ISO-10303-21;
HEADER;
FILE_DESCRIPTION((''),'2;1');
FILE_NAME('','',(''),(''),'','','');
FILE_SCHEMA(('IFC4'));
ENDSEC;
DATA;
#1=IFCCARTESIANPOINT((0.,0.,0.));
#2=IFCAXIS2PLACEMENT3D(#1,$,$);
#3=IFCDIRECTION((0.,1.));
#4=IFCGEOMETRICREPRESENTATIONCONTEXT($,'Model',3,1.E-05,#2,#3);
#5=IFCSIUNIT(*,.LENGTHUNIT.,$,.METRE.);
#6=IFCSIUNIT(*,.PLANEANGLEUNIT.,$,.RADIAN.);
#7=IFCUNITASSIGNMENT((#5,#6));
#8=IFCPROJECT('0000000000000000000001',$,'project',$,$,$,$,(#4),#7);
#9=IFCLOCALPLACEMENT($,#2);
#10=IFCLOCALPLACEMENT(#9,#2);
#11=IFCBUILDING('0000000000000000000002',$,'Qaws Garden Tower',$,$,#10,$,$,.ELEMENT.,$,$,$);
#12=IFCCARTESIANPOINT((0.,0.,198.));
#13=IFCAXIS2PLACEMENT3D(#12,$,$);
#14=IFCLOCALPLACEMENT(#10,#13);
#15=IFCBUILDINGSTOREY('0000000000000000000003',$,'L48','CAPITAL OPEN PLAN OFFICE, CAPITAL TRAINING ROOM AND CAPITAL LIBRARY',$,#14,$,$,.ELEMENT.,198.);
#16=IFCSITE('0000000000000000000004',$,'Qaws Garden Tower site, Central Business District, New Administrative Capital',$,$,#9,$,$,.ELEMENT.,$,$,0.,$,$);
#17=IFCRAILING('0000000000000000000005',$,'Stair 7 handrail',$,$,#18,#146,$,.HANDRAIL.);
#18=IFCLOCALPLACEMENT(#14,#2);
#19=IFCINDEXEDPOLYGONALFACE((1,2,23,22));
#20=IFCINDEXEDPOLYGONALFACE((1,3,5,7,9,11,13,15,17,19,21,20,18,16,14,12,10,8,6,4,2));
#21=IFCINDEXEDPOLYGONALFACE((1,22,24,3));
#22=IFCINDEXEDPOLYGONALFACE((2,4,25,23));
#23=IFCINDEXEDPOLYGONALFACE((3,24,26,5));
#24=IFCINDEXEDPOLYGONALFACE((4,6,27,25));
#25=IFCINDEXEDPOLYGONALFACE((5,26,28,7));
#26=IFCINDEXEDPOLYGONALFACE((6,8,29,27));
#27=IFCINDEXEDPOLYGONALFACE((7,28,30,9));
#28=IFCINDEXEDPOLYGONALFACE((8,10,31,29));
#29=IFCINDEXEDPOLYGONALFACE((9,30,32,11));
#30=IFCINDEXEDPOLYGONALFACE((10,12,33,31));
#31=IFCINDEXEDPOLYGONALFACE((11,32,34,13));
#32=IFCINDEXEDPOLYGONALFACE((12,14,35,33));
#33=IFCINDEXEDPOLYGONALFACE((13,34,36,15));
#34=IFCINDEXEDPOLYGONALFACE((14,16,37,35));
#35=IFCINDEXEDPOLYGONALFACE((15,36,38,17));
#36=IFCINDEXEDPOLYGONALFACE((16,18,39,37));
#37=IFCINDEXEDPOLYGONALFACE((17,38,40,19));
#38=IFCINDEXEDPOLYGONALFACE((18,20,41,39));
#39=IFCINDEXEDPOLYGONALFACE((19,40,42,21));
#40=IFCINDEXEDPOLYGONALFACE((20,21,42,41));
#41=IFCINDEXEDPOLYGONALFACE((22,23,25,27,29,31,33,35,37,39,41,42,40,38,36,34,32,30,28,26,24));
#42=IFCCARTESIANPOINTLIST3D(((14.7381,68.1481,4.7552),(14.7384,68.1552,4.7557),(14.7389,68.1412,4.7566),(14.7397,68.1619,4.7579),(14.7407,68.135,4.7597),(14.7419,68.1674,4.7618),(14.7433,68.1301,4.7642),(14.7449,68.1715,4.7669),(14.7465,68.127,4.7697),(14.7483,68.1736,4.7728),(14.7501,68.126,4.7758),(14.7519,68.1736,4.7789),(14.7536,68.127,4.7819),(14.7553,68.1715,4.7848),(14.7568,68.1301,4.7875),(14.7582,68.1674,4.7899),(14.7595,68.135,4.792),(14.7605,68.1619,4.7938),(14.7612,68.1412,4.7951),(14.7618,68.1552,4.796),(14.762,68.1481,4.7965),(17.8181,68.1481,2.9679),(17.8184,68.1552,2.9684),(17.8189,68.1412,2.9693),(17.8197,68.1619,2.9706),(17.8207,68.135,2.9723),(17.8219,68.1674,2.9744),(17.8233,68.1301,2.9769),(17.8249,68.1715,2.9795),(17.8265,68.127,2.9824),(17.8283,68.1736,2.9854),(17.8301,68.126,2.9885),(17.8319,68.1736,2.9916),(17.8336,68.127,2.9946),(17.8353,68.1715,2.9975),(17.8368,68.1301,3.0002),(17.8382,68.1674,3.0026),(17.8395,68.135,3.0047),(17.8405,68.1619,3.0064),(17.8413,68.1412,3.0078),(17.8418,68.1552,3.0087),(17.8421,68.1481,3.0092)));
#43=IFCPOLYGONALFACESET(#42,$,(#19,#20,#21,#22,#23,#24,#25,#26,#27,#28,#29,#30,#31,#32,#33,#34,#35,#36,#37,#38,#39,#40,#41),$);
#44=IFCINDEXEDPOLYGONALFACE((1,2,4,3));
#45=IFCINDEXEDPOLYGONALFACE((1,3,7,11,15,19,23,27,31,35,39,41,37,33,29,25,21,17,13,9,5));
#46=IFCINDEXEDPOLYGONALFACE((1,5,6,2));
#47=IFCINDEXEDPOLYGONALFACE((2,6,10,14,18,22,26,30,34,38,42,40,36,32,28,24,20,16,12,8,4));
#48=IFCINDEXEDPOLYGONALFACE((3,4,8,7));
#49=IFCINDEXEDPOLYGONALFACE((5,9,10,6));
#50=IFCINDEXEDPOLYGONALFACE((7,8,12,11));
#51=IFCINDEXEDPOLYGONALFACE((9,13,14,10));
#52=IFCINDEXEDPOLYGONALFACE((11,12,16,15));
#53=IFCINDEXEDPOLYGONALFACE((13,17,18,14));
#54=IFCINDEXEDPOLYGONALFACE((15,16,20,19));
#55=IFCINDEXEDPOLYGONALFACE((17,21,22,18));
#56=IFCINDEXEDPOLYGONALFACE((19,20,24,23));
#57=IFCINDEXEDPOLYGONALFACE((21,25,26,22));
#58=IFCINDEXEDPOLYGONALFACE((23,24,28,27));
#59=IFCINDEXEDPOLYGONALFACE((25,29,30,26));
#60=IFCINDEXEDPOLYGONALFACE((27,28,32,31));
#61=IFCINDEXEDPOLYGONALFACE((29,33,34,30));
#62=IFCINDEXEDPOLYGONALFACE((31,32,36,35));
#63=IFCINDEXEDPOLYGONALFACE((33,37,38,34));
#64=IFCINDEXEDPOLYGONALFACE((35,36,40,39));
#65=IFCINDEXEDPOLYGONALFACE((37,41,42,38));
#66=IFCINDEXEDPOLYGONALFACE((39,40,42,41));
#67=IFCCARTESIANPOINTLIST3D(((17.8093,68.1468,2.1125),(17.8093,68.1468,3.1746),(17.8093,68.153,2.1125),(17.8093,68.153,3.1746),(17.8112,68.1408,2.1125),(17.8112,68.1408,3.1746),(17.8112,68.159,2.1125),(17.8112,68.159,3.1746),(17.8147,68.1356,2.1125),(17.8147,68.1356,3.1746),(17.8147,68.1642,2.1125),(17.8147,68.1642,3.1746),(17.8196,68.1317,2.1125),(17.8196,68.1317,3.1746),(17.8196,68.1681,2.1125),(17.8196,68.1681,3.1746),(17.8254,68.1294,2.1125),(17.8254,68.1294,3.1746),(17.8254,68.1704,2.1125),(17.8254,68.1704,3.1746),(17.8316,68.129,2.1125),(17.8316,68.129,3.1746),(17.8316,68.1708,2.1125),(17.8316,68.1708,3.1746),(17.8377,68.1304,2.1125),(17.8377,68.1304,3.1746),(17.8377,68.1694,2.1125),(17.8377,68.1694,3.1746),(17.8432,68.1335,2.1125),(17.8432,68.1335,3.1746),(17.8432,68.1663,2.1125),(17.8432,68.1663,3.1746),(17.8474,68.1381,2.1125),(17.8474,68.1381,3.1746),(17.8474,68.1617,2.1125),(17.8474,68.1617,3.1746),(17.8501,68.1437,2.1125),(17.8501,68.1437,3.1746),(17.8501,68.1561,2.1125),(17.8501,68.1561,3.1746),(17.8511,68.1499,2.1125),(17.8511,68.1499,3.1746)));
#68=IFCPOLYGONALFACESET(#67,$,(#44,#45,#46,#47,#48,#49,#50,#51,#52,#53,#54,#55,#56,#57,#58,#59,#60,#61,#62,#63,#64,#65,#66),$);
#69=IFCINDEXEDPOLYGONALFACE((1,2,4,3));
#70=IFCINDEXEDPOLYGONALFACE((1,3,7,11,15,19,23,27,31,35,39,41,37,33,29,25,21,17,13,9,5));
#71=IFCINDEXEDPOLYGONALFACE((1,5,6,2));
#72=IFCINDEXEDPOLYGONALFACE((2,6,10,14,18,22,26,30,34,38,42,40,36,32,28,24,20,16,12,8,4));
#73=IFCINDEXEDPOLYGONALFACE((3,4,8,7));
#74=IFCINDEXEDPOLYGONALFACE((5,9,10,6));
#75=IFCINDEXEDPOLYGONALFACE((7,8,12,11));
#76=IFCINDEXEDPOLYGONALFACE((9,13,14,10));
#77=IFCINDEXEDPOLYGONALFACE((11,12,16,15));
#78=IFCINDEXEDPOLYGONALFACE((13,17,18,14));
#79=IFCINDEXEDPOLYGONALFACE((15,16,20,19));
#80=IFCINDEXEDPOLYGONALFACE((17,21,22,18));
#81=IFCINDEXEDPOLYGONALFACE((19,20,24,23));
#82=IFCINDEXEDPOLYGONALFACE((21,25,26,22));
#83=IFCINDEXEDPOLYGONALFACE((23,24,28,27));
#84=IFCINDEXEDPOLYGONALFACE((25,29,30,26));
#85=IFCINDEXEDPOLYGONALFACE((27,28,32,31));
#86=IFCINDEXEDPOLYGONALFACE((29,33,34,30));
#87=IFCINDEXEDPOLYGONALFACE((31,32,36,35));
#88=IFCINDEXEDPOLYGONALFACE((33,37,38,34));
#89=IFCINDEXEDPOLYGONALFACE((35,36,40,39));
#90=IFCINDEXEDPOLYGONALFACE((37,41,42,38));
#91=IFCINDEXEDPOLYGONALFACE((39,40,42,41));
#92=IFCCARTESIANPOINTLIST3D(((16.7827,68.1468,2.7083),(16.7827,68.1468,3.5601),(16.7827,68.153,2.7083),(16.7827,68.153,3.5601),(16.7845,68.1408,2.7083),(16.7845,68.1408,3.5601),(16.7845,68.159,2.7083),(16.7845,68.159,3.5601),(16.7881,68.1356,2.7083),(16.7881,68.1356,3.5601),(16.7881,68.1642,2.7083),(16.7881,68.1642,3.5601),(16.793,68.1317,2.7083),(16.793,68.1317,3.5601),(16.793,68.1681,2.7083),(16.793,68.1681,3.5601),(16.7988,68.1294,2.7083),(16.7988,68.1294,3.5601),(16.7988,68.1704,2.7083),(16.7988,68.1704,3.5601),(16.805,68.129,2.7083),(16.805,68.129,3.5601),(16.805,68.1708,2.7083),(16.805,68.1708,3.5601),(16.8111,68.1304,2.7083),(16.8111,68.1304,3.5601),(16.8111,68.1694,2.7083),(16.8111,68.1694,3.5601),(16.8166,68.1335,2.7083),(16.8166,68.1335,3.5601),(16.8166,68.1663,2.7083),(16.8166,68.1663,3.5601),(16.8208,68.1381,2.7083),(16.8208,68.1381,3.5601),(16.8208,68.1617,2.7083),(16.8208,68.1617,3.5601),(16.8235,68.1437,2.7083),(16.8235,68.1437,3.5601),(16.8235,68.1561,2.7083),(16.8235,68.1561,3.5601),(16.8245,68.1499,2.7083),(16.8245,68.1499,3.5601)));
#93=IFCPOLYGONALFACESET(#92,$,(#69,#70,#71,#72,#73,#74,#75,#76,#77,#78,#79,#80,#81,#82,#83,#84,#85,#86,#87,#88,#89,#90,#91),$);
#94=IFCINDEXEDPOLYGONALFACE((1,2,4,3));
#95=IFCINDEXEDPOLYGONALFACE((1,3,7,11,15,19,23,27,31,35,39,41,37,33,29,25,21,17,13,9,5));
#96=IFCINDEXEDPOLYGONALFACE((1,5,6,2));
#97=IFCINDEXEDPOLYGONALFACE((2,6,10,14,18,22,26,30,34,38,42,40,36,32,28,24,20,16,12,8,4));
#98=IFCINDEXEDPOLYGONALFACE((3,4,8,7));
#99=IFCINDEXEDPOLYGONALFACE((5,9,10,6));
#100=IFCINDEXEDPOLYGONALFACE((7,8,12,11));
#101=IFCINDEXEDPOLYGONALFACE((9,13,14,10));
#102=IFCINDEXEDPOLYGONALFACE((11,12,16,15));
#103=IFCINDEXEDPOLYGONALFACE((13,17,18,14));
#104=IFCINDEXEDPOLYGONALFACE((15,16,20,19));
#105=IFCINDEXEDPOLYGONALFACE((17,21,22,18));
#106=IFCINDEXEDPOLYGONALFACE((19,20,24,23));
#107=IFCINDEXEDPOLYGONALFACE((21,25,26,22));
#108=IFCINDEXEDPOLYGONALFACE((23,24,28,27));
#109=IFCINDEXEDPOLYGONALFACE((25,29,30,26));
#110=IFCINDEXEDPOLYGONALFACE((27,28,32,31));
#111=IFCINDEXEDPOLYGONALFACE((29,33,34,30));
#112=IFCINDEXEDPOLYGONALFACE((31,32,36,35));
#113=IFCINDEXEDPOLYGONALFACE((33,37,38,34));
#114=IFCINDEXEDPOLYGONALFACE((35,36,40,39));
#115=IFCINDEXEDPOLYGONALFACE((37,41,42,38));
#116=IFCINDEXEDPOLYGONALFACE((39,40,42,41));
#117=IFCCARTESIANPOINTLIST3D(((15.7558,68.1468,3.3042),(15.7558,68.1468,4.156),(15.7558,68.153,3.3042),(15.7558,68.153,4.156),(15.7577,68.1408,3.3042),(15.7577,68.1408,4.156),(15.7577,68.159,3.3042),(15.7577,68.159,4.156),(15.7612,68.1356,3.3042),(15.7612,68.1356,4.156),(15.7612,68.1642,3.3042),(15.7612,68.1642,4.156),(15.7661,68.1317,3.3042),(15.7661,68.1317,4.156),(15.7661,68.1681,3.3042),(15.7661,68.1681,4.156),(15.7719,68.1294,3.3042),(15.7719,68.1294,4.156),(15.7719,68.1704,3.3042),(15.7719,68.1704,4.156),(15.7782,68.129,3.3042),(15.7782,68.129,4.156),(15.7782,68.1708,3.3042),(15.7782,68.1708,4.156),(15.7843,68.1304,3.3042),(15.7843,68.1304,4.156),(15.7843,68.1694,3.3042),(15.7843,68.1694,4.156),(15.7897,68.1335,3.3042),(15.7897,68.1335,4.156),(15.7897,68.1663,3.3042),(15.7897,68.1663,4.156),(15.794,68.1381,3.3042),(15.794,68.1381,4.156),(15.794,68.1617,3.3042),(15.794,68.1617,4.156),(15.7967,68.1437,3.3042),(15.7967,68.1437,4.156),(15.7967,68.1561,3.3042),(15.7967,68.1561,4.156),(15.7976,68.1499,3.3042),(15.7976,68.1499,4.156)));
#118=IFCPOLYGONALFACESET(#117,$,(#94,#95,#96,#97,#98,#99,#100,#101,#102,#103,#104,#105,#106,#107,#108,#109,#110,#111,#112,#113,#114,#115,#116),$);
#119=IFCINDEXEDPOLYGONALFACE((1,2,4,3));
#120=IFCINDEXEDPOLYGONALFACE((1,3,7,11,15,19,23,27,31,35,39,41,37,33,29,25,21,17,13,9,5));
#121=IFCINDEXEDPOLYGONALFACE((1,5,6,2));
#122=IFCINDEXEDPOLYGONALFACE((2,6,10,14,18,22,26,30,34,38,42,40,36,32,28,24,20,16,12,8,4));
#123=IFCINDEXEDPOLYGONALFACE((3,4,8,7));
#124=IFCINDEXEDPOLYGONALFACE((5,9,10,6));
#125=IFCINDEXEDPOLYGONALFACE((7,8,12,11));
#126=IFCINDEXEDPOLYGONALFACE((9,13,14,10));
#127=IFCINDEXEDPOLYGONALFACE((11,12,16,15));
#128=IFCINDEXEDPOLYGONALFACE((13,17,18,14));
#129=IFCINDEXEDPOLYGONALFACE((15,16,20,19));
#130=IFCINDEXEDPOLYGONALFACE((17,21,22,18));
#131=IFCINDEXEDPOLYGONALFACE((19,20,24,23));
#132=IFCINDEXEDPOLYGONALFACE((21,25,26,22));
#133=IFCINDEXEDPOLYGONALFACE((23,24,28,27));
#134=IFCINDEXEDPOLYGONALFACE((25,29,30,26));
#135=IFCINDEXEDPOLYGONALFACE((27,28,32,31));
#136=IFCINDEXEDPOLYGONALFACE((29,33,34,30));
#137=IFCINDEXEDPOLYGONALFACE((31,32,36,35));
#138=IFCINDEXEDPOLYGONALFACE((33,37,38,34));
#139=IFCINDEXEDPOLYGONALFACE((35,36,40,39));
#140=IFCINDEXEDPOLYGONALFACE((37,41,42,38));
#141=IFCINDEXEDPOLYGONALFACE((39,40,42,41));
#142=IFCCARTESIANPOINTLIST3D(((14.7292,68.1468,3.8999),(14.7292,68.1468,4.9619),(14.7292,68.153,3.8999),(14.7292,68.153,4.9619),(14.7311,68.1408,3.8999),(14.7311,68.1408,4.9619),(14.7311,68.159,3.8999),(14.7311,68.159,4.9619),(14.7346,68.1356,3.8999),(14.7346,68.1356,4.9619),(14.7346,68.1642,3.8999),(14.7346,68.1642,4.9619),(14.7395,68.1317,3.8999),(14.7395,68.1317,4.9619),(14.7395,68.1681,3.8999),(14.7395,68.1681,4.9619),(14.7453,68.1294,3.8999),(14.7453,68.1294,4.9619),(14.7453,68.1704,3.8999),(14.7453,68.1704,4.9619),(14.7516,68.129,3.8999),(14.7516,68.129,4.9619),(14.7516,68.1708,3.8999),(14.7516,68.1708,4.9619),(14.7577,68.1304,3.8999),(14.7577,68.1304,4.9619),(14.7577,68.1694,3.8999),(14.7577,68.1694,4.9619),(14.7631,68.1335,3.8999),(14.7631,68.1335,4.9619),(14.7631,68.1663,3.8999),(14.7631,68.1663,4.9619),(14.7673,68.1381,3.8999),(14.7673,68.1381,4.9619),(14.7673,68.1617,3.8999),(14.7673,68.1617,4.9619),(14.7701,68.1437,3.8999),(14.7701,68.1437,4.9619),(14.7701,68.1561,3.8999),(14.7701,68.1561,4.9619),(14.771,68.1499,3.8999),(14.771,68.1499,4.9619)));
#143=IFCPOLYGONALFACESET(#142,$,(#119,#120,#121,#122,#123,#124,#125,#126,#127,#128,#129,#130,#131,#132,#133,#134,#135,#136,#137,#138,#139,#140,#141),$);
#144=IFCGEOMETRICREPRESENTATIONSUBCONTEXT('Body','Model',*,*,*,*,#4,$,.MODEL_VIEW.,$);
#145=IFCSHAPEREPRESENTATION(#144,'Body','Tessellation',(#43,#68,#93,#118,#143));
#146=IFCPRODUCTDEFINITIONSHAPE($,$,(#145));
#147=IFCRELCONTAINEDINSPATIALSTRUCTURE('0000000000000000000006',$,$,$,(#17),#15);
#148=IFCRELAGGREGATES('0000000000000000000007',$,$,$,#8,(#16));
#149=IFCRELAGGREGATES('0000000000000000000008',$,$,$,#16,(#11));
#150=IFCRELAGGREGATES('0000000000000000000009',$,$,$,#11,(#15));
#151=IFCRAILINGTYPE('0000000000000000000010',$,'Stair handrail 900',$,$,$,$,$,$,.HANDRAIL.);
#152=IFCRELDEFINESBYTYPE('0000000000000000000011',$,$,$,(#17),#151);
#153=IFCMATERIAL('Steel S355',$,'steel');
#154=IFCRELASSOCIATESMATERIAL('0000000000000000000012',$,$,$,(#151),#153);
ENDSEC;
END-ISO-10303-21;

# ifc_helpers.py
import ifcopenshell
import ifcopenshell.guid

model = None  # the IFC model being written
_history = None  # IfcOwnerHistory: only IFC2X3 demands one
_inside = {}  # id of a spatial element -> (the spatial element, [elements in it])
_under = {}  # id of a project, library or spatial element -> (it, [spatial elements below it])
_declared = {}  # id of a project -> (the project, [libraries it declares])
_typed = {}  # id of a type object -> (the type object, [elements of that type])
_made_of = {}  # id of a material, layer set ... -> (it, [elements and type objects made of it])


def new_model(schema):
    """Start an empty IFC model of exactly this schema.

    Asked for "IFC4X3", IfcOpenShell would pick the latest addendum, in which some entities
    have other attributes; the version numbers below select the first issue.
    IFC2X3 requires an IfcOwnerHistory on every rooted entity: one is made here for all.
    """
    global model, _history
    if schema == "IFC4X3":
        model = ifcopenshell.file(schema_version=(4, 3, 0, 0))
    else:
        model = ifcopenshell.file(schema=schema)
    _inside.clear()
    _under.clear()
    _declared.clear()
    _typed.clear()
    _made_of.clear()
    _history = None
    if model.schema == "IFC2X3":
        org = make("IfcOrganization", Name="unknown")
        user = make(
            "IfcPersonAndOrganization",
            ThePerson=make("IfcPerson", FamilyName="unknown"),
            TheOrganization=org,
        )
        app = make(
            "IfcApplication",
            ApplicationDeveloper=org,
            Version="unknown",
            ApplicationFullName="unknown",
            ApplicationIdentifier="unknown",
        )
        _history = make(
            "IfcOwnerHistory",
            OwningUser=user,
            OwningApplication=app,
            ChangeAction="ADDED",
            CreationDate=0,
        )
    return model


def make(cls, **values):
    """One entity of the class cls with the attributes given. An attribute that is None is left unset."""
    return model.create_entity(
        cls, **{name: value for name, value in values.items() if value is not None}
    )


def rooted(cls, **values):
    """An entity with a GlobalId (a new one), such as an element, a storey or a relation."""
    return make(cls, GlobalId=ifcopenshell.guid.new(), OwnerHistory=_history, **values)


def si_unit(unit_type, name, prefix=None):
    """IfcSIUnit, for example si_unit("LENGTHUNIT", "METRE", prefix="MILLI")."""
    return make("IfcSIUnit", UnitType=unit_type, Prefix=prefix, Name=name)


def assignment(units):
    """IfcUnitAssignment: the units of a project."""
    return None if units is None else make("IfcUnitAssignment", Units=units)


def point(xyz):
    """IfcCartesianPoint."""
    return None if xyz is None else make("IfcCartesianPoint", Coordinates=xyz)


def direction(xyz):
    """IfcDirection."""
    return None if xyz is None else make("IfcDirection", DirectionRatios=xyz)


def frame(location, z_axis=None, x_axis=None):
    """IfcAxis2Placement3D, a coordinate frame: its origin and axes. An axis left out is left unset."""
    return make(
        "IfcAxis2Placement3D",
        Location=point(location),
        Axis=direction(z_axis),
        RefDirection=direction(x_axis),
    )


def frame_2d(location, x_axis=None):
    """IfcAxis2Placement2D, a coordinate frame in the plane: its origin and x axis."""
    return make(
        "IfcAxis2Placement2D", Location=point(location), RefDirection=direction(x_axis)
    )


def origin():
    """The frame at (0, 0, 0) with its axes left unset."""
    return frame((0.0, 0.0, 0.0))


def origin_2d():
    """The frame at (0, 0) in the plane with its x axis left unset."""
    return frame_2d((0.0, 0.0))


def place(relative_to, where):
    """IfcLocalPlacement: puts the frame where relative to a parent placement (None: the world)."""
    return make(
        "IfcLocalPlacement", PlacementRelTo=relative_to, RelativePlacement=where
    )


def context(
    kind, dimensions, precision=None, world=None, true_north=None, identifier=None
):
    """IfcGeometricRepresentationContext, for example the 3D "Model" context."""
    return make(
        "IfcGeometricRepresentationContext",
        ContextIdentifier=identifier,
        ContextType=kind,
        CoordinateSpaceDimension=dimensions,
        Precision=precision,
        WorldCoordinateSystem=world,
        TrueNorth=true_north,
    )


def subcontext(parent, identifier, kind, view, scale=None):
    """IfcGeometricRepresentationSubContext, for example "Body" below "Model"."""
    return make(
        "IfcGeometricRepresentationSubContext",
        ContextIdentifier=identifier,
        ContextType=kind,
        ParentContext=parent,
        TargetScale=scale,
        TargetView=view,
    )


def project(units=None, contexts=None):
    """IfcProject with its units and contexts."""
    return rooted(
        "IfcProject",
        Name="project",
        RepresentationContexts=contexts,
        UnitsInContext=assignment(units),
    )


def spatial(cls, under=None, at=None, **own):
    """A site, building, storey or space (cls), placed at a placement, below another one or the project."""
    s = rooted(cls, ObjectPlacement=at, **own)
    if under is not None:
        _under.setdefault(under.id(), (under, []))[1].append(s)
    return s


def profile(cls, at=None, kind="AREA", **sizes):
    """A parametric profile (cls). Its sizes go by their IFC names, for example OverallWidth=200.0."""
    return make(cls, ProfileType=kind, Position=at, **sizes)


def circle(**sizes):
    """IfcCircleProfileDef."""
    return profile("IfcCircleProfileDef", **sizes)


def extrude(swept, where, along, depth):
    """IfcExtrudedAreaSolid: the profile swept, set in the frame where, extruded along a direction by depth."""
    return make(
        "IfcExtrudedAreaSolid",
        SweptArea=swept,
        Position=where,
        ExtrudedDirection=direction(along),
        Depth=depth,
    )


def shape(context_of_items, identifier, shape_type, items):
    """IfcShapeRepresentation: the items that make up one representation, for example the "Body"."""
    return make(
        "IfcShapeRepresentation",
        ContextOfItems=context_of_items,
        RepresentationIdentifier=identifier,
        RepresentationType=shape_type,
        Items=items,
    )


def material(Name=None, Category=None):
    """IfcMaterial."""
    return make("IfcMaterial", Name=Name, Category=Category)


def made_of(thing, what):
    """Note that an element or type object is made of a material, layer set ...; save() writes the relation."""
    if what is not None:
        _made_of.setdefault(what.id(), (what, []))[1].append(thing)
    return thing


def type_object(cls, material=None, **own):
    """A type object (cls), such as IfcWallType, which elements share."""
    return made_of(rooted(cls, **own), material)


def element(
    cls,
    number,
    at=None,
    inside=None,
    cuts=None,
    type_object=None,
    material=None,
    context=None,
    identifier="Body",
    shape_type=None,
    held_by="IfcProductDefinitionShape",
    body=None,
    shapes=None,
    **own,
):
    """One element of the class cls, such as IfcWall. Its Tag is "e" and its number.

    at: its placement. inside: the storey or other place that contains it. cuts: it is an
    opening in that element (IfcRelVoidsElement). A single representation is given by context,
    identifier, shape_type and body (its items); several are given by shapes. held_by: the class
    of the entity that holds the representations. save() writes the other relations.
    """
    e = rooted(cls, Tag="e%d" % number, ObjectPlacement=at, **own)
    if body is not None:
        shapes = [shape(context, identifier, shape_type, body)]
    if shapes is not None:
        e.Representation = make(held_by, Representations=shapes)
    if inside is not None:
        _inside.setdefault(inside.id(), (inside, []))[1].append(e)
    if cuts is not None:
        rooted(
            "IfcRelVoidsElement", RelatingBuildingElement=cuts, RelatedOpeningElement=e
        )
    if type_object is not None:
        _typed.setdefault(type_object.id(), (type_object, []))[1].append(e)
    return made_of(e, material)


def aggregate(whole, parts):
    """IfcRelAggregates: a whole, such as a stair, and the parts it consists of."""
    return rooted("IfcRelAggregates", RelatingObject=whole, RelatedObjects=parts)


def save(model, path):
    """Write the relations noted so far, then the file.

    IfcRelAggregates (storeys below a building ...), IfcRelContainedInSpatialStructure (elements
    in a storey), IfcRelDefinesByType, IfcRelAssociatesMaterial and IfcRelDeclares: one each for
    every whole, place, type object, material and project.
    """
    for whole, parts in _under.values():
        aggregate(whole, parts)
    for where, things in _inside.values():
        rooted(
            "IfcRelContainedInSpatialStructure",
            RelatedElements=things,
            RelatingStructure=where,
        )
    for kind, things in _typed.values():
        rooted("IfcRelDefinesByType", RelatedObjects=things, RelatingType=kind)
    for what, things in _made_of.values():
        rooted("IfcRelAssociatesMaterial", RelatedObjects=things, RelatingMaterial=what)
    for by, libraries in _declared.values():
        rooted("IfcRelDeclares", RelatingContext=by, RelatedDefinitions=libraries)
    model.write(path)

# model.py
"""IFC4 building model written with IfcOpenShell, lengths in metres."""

from ifc_helpers import new_model, si_unit, direction, frame, origin, origin_2d, place, context, subcontext, project, spatial, circle, extrude, material, type_object, element, save


model = new_model("IFC4")

# Units and contexts
model_context = context("Model", 3, precision=1e-05, world=origin(), true_north=direction((0.0, 1.0)))
body_context = subcontext(model_context, "Body", "Model", "MODEL_VIEW")
ifc_project = project(units=[si_unit("LENGTHUNIT", "METRE"), si_unit("PLANEANGLEUNIT", "RADIAN")], contexts=[model_context])

# Site, building, storey
site_placement = place(None, origin())
site = spatial("IfcSite", under=ifc_project, at=site_placement, Name="Qaws Garden Tower site, Central Business District, New Administrative Capital", CompositionType="ELEMENT", RefElevation=0.0)
building_placement = place(site_placement, origin())
building = spatial("IfcBuilding", under=site, at=building_placement, Name="Qaws Garden Tower", CompositionType="ELEMENT")
storey_placement = place(building_placement, frame((0.0, 0.0, 198.0)))
storey = spatial("IfcBuildingStorey", under=building, at=storey_placement, Name="L48", Description="CAPITAL OPEN PLAN OFFICE, CAPITAL TRAINING ROOM AND CAPITAL LIBRARY", CompositionType="ELEMENT", Elevation=198.0)

# Railing
ifc_material_1 = material(Name="Steel S355", Category="steel")
railing_type = type_object("IfcRailingType", Name="Stair handrail 900", PredefinedType="HANDRAIL", material=ifc_material_1)
railing_1_placement = place(storey_placement, frame((17.8301, 68.1499, 2.1125)))
element("IfcRailing", 1, at=railing_1_placement, inside=storey, type_object=railing_type, Name="Stair 7 handrail", PredefinedType="HANDRAIL", context=body_context, shape_type="SweptSolid", body=[
    extrude(circle(Radius=0.0239, at=origin_2d()), frame((0.0, 0.0, 0.876), z_axis=(-0.86492, 0.0, 0.501909), x_axis=(0.0, -1.0, 0.0)), (0.0, 0.0, 1.0), 3.561),
    extrude(circle(Radius=0.021, at=origin_2d()), origin(), (0.0, 0.0, 1.0), 1.062),
    extrude(circle(Radius=0.021, at=origin_2d()), frame((-1.0266, 0.0, 0.5957)), (0.0, 0.0, 1.0), 0.8518),
    extrude(circle(Radius=0.021, at=origin_2d()), frame((-2.0535, 0.0, 1.1917)), (0.0, 0.0, 1.0), 0.8518),
    extrude(circle(Radius=0.021, at=origin_2d()), frame((-3.0801, 0.0, 1.7874)), (0.0, 0.0, 1.0), 1.062),
])

save(model, "model.ifc")
